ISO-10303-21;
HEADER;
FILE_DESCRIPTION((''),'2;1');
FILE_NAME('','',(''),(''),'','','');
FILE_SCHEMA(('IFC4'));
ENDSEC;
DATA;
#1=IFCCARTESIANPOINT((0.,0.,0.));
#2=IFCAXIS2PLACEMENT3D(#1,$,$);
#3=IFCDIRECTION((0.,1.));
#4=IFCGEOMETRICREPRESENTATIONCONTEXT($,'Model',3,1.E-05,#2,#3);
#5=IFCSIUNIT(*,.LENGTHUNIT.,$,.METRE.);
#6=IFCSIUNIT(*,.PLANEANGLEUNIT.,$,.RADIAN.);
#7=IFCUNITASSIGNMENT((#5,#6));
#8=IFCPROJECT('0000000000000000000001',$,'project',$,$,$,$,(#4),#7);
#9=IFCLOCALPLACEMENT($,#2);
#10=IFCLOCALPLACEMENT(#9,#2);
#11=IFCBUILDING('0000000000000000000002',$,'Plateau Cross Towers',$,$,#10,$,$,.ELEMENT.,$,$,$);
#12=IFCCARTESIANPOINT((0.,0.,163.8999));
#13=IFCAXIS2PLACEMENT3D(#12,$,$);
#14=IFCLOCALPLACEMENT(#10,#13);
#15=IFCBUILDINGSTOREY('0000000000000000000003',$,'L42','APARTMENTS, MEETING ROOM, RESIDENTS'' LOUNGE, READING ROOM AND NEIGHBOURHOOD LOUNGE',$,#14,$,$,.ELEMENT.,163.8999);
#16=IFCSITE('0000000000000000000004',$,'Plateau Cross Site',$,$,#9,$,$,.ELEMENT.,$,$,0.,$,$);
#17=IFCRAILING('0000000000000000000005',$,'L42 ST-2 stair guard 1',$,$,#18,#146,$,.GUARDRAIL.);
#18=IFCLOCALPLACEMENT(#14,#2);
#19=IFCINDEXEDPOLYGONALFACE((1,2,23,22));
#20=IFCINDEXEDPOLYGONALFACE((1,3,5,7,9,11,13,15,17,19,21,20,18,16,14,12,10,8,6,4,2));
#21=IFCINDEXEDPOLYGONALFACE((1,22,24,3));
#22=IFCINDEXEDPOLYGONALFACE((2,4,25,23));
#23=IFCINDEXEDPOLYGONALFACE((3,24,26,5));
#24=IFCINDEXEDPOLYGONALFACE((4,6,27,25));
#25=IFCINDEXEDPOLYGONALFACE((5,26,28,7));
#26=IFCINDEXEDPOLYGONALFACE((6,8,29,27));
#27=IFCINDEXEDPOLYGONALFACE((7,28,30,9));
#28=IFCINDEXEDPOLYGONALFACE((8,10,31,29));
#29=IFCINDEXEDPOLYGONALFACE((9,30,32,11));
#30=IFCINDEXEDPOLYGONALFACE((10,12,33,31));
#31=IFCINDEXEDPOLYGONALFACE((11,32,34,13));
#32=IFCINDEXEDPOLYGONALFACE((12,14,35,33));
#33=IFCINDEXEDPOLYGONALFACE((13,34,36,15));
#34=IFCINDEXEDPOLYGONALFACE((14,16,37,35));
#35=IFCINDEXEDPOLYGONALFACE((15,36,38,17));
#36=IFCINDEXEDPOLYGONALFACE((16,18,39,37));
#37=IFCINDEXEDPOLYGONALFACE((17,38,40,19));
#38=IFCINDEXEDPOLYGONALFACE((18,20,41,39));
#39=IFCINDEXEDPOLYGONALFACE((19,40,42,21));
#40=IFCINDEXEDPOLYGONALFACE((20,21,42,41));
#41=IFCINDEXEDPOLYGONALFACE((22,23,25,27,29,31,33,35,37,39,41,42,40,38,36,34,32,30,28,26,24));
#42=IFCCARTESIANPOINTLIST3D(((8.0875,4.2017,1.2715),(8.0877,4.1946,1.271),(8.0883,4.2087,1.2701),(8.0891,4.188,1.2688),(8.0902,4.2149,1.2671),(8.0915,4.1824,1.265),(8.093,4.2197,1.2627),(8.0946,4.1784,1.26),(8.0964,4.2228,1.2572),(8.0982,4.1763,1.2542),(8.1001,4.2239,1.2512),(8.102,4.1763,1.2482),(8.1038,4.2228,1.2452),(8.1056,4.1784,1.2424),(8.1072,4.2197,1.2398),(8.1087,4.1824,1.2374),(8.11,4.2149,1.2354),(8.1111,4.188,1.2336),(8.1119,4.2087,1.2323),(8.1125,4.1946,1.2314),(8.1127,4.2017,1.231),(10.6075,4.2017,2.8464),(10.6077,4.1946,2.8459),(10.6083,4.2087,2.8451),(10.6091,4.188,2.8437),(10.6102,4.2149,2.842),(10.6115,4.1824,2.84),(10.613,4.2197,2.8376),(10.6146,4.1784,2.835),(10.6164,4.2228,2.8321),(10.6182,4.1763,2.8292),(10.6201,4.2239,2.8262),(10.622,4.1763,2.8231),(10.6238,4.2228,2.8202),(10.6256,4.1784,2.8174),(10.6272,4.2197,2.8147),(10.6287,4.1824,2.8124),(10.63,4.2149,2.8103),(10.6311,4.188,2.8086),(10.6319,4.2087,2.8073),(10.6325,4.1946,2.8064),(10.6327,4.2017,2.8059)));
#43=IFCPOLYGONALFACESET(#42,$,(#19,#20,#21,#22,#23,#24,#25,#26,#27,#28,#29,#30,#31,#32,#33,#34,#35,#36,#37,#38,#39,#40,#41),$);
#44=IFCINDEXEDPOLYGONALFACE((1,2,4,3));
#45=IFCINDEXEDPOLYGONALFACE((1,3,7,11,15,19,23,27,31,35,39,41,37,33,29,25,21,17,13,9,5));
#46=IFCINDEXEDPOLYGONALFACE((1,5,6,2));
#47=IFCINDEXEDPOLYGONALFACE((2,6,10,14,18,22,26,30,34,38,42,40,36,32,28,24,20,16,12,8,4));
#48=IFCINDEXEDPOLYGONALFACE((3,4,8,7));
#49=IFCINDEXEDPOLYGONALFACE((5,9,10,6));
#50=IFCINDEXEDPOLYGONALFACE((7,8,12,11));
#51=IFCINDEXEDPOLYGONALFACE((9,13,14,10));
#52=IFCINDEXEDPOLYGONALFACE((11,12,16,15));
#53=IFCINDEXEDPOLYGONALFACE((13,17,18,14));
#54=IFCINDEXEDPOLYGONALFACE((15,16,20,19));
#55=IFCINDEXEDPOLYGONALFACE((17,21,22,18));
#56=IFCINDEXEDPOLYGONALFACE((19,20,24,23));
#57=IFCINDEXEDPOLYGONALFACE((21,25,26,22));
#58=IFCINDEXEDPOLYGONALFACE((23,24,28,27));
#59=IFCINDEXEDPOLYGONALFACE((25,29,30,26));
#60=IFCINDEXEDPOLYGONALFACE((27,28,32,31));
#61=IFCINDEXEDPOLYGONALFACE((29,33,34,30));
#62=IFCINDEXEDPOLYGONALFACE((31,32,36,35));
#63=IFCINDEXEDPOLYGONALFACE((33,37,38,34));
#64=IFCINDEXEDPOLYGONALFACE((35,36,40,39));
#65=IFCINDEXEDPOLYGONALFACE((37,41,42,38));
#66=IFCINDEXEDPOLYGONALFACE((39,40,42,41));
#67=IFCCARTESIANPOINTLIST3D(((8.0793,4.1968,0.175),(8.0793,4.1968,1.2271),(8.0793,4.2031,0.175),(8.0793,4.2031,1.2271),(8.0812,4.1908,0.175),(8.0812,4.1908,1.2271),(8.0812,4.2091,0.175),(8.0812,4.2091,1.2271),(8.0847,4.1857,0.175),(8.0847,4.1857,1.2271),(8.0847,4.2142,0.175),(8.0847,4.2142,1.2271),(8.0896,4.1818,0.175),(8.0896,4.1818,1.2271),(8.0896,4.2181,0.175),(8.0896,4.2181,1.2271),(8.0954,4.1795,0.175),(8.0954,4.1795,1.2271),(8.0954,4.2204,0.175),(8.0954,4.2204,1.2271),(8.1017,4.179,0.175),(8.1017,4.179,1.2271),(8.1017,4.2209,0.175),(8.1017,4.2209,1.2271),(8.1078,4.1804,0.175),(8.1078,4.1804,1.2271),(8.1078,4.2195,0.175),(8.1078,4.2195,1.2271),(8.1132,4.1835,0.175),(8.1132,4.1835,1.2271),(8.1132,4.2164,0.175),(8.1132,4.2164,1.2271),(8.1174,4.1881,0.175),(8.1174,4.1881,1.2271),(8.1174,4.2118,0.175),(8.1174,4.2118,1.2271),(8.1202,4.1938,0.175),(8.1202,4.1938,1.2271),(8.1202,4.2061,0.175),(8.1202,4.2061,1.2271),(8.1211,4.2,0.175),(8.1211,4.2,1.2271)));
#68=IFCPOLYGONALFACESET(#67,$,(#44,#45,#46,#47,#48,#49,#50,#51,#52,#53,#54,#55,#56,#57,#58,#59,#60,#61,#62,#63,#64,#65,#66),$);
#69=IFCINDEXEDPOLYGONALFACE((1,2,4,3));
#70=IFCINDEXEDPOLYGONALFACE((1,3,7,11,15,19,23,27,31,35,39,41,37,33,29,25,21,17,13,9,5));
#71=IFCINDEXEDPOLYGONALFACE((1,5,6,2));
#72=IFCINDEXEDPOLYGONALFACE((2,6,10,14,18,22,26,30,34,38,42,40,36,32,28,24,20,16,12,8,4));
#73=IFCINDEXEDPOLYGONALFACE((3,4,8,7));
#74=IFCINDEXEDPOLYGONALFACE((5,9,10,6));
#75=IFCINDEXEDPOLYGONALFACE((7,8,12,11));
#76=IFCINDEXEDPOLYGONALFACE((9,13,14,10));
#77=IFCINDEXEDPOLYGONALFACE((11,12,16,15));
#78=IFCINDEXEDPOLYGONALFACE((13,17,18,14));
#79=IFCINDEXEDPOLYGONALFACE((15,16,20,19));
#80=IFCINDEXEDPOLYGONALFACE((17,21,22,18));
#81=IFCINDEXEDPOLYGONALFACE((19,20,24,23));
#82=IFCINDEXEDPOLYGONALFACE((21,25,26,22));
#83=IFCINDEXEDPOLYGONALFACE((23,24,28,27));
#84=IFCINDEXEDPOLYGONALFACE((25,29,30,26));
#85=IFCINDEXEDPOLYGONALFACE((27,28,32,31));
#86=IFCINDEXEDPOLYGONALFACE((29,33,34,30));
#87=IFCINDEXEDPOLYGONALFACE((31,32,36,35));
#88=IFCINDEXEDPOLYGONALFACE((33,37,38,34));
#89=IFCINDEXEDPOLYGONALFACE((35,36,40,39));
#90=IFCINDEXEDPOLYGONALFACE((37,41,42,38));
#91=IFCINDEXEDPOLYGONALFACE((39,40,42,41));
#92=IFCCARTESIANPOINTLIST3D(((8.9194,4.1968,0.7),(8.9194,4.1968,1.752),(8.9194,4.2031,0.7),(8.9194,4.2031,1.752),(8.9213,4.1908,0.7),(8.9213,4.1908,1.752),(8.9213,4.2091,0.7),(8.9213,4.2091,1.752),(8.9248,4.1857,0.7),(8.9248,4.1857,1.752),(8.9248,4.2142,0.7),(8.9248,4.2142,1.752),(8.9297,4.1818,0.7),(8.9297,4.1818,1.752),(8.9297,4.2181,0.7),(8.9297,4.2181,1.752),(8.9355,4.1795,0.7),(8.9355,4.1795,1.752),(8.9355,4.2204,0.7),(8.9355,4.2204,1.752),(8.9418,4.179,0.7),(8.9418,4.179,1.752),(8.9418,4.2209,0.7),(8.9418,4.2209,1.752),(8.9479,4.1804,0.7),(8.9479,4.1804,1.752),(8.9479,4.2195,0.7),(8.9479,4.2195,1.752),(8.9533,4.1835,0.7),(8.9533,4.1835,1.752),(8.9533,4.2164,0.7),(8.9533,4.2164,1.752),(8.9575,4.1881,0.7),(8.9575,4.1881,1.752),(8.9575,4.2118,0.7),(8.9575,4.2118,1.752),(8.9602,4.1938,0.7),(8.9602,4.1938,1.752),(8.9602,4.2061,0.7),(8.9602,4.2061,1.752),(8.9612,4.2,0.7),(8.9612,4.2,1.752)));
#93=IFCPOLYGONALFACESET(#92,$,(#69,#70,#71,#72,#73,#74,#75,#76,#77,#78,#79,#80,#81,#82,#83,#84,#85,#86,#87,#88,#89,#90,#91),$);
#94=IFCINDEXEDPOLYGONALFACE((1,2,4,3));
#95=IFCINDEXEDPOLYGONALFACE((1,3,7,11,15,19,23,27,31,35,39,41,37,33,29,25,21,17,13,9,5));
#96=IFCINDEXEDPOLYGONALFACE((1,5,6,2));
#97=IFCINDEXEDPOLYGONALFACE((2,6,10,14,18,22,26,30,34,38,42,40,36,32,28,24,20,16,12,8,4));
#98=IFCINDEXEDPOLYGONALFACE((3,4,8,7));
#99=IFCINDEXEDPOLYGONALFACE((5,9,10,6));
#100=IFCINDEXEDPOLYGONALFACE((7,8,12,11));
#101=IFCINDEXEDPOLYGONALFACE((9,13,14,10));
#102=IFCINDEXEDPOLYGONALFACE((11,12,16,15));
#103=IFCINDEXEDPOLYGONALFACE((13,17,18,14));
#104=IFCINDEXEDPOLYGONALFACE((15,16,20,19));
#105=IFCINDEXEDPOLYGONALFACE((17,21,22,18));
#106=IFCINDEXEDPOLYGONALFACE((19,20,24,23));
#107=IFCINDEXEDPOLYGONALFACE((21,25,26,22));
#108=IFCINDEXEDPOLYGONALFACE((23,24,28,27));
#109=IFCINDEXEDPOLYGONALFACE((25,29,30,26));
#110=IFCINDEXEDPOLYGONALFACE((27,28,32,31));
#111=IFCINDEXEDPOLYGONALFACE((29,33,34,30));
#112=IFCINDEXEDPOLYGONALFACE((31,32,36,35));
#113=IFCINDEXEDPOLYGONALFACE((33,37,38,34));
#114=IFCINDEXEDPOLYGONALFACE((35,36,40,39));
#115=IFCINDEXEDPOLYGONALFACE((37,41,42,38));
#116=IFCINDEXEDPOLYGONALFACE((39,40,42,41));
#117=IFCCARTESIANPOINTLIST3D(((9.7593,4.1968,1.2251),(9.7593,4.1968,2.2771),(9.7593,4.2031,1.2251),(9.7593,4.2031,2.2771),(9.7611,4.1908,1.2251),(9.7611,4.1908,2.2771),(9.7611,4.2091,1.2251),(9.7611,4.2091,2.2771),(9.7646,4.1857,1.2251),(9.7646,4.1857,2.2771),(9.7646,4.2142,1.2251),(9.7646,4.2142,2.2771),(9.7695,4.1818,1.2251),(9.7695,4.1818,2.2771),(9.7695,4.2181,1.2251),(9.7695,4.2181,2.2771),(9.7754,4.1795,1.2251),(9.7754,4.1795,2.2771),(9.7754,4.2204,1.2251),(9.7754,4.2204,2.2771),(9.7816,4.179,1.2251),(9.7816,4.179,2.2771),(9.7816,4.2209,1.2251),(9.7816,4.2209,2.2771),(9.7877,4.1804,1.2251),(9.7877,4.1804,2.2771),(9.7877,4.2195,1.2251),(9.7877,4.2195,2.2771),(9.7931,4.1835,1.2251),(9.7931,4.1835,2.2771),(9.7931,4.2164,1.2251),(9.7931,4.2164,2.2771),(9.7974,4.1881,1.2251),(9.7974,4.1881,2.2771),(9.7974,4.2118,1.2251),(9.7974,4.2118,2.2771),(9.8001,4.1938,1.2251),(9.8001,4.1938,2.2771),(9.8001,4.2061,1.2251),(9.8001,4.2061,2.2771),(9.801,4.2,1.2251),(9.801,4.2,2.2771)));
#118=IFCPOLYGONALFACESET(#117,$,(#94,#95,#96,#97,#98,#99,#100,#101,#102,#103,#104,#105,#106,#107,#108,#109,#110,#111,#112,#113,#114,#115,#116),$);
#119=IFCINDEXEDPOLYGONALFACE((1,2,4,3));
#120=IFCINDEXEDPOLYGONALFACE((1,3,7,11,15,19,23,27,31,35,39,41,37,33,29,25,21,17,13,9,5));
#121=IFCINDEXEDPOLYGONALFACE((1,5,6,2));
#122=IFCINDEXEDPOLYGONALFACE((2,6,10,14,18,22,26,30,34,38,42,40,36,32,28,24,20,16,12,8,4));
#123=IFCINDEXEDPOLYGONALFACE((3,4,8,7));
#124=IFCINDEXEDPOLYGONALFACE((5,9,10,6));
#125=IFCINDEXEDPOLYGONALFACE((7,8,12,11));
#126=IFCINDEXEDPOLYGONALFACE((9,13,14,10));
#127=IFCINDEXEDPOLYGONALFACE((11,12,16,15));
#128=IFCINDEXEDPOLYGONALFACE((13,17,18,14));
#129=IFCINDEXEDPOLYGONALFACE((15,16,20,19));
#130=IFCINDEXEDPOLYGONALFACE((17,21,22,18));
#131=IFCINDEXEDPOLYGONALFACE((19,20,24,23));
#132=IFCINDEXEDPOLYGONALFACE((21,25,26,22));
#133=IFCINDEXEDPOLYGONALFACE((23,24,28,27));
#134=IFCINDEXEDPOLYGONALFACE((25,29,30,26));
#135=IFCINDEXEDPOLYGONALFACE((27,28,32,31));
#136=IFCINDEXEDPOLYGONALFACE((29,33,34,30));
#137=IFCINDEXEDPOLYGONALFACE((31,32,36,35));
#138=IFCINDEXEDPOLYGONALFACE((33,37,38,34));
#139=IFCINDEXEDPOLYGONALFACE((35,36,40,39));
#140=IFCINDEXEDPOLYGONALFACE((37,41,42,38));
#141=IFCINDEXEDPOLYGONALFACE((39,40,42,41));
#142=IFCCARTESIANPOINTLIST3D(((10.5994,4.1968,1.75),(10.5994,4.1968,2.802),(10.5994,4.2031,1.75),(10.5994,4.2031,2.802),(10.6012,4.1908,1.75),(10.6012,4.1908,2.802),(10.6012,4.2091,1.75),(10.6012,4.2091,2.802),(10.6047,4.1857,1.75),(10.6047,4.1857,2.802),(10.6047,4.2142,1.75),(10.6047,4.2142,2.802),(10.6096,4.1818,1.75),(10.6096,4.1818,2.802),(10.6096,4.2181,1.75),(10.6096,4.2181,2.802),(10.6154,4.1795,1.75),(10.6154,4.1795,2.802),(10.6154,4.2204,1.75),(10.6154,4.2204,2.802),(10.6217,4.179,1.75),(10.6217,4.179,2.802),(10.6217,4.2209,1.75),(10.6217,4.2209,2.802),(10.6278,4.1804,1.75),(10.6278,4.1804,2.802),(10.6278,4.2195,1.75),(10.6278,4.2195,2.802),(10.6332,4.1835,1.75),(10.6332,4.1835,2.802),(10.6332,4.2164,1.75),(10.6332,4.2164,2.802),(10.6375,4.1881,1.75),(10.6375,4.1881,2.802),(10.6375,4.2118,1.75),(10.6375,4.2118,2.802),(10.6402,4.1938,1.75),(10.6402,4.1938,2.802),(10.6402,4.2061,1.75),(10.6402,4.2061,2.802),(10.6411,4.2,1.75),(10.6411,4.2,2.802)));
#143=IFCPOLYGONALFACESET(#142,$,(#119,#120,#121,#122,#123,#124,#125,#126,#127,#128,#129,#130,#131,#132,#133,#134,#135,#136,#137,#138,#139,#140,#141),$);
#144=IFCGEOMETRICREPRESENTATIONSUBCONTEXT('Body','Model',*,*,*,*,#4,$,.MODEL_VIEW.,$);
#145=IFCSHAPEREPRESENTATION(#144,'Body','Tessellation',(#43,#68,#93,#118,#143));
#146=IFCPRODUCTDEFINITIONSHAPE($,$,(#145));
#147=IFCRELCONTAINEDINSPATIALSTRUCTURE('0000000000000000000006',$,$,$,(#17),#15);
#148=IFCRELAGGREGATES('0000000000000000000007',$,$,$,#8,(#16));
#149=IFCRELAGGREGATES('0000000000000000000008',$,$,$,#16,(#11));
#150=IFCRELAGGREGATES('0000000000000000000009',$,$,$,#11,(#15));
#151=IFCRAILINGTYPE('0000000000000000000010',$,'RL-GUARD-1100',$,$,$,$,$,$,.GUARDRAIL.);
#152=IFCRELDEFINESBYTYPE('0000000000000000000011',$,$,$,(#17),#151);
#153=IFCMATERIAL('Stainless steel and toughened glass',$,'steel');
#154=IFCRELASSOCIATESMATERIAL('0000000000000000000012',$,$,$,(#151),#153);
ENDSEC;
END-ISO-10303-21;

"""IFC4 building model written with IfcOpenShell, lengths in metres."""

from ifc_helpers import new_model, si_unit, direction, frame, origin, origin_2d, place, context, subcontext, project, spatial, circle, extrude, material, type_object, element, save


model = new_model("IFC4")

# Units and contexts
model_context = context("Model", 3, precision=1e-05, world=origin(), true_north=direction((0.0, 1.0)))
body_context = subcontext(model_context, "Body", "Model", "MODEL_VIEW")
ifc_project = project(units=[si_unit("LENGTHUNIT", "METRE"), si_unit("PLANEANGLEUNIT", "RADIAN")], contexts=[model_context])

# Site, building, storey
site_placement = place(None, origin())
site = spatial("IfcSite", under=ifc_project, at=site_placement, Name="Plateau Cross Site", CompositionType="ELEMENT", RefElevation=0.0)
building_placement = place(site_placement, origin())
building = spatial("IfcBuilding", under=site, at=building_placement, Name="Plateau Cross Towers", CompositionType="ELEMENT")
storey_placement = place(building_placement, frame((0.0, 0.0, 163.8999)))
storey = spatial("IfcBuildingStorey", under=building, at=storey_placement, Name="L42", Description="APARTMENTS, MEETING ROOM, RESIDENTS' LOUNGE, READING ROOM AND NEIGHBOURHOOD LOUNGE", CompositionType="ELEMENT", Elevation=163.8999)

# Railing
ifc_material_1 = material(Name="Stainless steel and toughened glass", Category="steel")
railing_type_1 = type_object("IfcRailingType", Name="RL-GUARD-1100", PredefinedType="GUARDRAIL", material=ifc_material_1)
railing_1_placement = place(storey_placement, frame((8.1001, 4.2, 0.175)))
element("IfcRailing", 1, at=railing_1_placement, inside=storey, type_object=railing_type_1, Name="L42 ST-2 stair guard 1", PredefinedType="GUARDRAIL", context=body_context, shape_type="SweptSolid", body=[
    extrude(circle(Radius=0.0239, at=origin_2d()), frame((0.0, 0.0, 1.0762), z_axis=(0.848008, 0.0, 0.529984), x_axis=(0.0, 1.0, 0.0)), (0.0, 0.0, 1.0), 2.9717),
    extrude(circle(Radius=0.021, at=origin_2d()), origin(), (0.0, 0.0, 1.0), 1.052),
    extrude(circle(Radius=0.021, at=origin_2d()), frame((0.8401, 0.0, 0.5249)), (0.0, 0.0, 1.0), 1.052),
    extrude(circle(Radius=0.021, at=origin_2d()), frame((1.6799, 0.0, 1.05)), (0.0, 0.0, 1.0), 1.052),
    extrude(circle(Radius=0.021, at=origin_2d()), frame((2.52, 0.0, 1.575)), (0.0, 0.0, 1.0), 1.052),
])

save(model, "model.ifc")
